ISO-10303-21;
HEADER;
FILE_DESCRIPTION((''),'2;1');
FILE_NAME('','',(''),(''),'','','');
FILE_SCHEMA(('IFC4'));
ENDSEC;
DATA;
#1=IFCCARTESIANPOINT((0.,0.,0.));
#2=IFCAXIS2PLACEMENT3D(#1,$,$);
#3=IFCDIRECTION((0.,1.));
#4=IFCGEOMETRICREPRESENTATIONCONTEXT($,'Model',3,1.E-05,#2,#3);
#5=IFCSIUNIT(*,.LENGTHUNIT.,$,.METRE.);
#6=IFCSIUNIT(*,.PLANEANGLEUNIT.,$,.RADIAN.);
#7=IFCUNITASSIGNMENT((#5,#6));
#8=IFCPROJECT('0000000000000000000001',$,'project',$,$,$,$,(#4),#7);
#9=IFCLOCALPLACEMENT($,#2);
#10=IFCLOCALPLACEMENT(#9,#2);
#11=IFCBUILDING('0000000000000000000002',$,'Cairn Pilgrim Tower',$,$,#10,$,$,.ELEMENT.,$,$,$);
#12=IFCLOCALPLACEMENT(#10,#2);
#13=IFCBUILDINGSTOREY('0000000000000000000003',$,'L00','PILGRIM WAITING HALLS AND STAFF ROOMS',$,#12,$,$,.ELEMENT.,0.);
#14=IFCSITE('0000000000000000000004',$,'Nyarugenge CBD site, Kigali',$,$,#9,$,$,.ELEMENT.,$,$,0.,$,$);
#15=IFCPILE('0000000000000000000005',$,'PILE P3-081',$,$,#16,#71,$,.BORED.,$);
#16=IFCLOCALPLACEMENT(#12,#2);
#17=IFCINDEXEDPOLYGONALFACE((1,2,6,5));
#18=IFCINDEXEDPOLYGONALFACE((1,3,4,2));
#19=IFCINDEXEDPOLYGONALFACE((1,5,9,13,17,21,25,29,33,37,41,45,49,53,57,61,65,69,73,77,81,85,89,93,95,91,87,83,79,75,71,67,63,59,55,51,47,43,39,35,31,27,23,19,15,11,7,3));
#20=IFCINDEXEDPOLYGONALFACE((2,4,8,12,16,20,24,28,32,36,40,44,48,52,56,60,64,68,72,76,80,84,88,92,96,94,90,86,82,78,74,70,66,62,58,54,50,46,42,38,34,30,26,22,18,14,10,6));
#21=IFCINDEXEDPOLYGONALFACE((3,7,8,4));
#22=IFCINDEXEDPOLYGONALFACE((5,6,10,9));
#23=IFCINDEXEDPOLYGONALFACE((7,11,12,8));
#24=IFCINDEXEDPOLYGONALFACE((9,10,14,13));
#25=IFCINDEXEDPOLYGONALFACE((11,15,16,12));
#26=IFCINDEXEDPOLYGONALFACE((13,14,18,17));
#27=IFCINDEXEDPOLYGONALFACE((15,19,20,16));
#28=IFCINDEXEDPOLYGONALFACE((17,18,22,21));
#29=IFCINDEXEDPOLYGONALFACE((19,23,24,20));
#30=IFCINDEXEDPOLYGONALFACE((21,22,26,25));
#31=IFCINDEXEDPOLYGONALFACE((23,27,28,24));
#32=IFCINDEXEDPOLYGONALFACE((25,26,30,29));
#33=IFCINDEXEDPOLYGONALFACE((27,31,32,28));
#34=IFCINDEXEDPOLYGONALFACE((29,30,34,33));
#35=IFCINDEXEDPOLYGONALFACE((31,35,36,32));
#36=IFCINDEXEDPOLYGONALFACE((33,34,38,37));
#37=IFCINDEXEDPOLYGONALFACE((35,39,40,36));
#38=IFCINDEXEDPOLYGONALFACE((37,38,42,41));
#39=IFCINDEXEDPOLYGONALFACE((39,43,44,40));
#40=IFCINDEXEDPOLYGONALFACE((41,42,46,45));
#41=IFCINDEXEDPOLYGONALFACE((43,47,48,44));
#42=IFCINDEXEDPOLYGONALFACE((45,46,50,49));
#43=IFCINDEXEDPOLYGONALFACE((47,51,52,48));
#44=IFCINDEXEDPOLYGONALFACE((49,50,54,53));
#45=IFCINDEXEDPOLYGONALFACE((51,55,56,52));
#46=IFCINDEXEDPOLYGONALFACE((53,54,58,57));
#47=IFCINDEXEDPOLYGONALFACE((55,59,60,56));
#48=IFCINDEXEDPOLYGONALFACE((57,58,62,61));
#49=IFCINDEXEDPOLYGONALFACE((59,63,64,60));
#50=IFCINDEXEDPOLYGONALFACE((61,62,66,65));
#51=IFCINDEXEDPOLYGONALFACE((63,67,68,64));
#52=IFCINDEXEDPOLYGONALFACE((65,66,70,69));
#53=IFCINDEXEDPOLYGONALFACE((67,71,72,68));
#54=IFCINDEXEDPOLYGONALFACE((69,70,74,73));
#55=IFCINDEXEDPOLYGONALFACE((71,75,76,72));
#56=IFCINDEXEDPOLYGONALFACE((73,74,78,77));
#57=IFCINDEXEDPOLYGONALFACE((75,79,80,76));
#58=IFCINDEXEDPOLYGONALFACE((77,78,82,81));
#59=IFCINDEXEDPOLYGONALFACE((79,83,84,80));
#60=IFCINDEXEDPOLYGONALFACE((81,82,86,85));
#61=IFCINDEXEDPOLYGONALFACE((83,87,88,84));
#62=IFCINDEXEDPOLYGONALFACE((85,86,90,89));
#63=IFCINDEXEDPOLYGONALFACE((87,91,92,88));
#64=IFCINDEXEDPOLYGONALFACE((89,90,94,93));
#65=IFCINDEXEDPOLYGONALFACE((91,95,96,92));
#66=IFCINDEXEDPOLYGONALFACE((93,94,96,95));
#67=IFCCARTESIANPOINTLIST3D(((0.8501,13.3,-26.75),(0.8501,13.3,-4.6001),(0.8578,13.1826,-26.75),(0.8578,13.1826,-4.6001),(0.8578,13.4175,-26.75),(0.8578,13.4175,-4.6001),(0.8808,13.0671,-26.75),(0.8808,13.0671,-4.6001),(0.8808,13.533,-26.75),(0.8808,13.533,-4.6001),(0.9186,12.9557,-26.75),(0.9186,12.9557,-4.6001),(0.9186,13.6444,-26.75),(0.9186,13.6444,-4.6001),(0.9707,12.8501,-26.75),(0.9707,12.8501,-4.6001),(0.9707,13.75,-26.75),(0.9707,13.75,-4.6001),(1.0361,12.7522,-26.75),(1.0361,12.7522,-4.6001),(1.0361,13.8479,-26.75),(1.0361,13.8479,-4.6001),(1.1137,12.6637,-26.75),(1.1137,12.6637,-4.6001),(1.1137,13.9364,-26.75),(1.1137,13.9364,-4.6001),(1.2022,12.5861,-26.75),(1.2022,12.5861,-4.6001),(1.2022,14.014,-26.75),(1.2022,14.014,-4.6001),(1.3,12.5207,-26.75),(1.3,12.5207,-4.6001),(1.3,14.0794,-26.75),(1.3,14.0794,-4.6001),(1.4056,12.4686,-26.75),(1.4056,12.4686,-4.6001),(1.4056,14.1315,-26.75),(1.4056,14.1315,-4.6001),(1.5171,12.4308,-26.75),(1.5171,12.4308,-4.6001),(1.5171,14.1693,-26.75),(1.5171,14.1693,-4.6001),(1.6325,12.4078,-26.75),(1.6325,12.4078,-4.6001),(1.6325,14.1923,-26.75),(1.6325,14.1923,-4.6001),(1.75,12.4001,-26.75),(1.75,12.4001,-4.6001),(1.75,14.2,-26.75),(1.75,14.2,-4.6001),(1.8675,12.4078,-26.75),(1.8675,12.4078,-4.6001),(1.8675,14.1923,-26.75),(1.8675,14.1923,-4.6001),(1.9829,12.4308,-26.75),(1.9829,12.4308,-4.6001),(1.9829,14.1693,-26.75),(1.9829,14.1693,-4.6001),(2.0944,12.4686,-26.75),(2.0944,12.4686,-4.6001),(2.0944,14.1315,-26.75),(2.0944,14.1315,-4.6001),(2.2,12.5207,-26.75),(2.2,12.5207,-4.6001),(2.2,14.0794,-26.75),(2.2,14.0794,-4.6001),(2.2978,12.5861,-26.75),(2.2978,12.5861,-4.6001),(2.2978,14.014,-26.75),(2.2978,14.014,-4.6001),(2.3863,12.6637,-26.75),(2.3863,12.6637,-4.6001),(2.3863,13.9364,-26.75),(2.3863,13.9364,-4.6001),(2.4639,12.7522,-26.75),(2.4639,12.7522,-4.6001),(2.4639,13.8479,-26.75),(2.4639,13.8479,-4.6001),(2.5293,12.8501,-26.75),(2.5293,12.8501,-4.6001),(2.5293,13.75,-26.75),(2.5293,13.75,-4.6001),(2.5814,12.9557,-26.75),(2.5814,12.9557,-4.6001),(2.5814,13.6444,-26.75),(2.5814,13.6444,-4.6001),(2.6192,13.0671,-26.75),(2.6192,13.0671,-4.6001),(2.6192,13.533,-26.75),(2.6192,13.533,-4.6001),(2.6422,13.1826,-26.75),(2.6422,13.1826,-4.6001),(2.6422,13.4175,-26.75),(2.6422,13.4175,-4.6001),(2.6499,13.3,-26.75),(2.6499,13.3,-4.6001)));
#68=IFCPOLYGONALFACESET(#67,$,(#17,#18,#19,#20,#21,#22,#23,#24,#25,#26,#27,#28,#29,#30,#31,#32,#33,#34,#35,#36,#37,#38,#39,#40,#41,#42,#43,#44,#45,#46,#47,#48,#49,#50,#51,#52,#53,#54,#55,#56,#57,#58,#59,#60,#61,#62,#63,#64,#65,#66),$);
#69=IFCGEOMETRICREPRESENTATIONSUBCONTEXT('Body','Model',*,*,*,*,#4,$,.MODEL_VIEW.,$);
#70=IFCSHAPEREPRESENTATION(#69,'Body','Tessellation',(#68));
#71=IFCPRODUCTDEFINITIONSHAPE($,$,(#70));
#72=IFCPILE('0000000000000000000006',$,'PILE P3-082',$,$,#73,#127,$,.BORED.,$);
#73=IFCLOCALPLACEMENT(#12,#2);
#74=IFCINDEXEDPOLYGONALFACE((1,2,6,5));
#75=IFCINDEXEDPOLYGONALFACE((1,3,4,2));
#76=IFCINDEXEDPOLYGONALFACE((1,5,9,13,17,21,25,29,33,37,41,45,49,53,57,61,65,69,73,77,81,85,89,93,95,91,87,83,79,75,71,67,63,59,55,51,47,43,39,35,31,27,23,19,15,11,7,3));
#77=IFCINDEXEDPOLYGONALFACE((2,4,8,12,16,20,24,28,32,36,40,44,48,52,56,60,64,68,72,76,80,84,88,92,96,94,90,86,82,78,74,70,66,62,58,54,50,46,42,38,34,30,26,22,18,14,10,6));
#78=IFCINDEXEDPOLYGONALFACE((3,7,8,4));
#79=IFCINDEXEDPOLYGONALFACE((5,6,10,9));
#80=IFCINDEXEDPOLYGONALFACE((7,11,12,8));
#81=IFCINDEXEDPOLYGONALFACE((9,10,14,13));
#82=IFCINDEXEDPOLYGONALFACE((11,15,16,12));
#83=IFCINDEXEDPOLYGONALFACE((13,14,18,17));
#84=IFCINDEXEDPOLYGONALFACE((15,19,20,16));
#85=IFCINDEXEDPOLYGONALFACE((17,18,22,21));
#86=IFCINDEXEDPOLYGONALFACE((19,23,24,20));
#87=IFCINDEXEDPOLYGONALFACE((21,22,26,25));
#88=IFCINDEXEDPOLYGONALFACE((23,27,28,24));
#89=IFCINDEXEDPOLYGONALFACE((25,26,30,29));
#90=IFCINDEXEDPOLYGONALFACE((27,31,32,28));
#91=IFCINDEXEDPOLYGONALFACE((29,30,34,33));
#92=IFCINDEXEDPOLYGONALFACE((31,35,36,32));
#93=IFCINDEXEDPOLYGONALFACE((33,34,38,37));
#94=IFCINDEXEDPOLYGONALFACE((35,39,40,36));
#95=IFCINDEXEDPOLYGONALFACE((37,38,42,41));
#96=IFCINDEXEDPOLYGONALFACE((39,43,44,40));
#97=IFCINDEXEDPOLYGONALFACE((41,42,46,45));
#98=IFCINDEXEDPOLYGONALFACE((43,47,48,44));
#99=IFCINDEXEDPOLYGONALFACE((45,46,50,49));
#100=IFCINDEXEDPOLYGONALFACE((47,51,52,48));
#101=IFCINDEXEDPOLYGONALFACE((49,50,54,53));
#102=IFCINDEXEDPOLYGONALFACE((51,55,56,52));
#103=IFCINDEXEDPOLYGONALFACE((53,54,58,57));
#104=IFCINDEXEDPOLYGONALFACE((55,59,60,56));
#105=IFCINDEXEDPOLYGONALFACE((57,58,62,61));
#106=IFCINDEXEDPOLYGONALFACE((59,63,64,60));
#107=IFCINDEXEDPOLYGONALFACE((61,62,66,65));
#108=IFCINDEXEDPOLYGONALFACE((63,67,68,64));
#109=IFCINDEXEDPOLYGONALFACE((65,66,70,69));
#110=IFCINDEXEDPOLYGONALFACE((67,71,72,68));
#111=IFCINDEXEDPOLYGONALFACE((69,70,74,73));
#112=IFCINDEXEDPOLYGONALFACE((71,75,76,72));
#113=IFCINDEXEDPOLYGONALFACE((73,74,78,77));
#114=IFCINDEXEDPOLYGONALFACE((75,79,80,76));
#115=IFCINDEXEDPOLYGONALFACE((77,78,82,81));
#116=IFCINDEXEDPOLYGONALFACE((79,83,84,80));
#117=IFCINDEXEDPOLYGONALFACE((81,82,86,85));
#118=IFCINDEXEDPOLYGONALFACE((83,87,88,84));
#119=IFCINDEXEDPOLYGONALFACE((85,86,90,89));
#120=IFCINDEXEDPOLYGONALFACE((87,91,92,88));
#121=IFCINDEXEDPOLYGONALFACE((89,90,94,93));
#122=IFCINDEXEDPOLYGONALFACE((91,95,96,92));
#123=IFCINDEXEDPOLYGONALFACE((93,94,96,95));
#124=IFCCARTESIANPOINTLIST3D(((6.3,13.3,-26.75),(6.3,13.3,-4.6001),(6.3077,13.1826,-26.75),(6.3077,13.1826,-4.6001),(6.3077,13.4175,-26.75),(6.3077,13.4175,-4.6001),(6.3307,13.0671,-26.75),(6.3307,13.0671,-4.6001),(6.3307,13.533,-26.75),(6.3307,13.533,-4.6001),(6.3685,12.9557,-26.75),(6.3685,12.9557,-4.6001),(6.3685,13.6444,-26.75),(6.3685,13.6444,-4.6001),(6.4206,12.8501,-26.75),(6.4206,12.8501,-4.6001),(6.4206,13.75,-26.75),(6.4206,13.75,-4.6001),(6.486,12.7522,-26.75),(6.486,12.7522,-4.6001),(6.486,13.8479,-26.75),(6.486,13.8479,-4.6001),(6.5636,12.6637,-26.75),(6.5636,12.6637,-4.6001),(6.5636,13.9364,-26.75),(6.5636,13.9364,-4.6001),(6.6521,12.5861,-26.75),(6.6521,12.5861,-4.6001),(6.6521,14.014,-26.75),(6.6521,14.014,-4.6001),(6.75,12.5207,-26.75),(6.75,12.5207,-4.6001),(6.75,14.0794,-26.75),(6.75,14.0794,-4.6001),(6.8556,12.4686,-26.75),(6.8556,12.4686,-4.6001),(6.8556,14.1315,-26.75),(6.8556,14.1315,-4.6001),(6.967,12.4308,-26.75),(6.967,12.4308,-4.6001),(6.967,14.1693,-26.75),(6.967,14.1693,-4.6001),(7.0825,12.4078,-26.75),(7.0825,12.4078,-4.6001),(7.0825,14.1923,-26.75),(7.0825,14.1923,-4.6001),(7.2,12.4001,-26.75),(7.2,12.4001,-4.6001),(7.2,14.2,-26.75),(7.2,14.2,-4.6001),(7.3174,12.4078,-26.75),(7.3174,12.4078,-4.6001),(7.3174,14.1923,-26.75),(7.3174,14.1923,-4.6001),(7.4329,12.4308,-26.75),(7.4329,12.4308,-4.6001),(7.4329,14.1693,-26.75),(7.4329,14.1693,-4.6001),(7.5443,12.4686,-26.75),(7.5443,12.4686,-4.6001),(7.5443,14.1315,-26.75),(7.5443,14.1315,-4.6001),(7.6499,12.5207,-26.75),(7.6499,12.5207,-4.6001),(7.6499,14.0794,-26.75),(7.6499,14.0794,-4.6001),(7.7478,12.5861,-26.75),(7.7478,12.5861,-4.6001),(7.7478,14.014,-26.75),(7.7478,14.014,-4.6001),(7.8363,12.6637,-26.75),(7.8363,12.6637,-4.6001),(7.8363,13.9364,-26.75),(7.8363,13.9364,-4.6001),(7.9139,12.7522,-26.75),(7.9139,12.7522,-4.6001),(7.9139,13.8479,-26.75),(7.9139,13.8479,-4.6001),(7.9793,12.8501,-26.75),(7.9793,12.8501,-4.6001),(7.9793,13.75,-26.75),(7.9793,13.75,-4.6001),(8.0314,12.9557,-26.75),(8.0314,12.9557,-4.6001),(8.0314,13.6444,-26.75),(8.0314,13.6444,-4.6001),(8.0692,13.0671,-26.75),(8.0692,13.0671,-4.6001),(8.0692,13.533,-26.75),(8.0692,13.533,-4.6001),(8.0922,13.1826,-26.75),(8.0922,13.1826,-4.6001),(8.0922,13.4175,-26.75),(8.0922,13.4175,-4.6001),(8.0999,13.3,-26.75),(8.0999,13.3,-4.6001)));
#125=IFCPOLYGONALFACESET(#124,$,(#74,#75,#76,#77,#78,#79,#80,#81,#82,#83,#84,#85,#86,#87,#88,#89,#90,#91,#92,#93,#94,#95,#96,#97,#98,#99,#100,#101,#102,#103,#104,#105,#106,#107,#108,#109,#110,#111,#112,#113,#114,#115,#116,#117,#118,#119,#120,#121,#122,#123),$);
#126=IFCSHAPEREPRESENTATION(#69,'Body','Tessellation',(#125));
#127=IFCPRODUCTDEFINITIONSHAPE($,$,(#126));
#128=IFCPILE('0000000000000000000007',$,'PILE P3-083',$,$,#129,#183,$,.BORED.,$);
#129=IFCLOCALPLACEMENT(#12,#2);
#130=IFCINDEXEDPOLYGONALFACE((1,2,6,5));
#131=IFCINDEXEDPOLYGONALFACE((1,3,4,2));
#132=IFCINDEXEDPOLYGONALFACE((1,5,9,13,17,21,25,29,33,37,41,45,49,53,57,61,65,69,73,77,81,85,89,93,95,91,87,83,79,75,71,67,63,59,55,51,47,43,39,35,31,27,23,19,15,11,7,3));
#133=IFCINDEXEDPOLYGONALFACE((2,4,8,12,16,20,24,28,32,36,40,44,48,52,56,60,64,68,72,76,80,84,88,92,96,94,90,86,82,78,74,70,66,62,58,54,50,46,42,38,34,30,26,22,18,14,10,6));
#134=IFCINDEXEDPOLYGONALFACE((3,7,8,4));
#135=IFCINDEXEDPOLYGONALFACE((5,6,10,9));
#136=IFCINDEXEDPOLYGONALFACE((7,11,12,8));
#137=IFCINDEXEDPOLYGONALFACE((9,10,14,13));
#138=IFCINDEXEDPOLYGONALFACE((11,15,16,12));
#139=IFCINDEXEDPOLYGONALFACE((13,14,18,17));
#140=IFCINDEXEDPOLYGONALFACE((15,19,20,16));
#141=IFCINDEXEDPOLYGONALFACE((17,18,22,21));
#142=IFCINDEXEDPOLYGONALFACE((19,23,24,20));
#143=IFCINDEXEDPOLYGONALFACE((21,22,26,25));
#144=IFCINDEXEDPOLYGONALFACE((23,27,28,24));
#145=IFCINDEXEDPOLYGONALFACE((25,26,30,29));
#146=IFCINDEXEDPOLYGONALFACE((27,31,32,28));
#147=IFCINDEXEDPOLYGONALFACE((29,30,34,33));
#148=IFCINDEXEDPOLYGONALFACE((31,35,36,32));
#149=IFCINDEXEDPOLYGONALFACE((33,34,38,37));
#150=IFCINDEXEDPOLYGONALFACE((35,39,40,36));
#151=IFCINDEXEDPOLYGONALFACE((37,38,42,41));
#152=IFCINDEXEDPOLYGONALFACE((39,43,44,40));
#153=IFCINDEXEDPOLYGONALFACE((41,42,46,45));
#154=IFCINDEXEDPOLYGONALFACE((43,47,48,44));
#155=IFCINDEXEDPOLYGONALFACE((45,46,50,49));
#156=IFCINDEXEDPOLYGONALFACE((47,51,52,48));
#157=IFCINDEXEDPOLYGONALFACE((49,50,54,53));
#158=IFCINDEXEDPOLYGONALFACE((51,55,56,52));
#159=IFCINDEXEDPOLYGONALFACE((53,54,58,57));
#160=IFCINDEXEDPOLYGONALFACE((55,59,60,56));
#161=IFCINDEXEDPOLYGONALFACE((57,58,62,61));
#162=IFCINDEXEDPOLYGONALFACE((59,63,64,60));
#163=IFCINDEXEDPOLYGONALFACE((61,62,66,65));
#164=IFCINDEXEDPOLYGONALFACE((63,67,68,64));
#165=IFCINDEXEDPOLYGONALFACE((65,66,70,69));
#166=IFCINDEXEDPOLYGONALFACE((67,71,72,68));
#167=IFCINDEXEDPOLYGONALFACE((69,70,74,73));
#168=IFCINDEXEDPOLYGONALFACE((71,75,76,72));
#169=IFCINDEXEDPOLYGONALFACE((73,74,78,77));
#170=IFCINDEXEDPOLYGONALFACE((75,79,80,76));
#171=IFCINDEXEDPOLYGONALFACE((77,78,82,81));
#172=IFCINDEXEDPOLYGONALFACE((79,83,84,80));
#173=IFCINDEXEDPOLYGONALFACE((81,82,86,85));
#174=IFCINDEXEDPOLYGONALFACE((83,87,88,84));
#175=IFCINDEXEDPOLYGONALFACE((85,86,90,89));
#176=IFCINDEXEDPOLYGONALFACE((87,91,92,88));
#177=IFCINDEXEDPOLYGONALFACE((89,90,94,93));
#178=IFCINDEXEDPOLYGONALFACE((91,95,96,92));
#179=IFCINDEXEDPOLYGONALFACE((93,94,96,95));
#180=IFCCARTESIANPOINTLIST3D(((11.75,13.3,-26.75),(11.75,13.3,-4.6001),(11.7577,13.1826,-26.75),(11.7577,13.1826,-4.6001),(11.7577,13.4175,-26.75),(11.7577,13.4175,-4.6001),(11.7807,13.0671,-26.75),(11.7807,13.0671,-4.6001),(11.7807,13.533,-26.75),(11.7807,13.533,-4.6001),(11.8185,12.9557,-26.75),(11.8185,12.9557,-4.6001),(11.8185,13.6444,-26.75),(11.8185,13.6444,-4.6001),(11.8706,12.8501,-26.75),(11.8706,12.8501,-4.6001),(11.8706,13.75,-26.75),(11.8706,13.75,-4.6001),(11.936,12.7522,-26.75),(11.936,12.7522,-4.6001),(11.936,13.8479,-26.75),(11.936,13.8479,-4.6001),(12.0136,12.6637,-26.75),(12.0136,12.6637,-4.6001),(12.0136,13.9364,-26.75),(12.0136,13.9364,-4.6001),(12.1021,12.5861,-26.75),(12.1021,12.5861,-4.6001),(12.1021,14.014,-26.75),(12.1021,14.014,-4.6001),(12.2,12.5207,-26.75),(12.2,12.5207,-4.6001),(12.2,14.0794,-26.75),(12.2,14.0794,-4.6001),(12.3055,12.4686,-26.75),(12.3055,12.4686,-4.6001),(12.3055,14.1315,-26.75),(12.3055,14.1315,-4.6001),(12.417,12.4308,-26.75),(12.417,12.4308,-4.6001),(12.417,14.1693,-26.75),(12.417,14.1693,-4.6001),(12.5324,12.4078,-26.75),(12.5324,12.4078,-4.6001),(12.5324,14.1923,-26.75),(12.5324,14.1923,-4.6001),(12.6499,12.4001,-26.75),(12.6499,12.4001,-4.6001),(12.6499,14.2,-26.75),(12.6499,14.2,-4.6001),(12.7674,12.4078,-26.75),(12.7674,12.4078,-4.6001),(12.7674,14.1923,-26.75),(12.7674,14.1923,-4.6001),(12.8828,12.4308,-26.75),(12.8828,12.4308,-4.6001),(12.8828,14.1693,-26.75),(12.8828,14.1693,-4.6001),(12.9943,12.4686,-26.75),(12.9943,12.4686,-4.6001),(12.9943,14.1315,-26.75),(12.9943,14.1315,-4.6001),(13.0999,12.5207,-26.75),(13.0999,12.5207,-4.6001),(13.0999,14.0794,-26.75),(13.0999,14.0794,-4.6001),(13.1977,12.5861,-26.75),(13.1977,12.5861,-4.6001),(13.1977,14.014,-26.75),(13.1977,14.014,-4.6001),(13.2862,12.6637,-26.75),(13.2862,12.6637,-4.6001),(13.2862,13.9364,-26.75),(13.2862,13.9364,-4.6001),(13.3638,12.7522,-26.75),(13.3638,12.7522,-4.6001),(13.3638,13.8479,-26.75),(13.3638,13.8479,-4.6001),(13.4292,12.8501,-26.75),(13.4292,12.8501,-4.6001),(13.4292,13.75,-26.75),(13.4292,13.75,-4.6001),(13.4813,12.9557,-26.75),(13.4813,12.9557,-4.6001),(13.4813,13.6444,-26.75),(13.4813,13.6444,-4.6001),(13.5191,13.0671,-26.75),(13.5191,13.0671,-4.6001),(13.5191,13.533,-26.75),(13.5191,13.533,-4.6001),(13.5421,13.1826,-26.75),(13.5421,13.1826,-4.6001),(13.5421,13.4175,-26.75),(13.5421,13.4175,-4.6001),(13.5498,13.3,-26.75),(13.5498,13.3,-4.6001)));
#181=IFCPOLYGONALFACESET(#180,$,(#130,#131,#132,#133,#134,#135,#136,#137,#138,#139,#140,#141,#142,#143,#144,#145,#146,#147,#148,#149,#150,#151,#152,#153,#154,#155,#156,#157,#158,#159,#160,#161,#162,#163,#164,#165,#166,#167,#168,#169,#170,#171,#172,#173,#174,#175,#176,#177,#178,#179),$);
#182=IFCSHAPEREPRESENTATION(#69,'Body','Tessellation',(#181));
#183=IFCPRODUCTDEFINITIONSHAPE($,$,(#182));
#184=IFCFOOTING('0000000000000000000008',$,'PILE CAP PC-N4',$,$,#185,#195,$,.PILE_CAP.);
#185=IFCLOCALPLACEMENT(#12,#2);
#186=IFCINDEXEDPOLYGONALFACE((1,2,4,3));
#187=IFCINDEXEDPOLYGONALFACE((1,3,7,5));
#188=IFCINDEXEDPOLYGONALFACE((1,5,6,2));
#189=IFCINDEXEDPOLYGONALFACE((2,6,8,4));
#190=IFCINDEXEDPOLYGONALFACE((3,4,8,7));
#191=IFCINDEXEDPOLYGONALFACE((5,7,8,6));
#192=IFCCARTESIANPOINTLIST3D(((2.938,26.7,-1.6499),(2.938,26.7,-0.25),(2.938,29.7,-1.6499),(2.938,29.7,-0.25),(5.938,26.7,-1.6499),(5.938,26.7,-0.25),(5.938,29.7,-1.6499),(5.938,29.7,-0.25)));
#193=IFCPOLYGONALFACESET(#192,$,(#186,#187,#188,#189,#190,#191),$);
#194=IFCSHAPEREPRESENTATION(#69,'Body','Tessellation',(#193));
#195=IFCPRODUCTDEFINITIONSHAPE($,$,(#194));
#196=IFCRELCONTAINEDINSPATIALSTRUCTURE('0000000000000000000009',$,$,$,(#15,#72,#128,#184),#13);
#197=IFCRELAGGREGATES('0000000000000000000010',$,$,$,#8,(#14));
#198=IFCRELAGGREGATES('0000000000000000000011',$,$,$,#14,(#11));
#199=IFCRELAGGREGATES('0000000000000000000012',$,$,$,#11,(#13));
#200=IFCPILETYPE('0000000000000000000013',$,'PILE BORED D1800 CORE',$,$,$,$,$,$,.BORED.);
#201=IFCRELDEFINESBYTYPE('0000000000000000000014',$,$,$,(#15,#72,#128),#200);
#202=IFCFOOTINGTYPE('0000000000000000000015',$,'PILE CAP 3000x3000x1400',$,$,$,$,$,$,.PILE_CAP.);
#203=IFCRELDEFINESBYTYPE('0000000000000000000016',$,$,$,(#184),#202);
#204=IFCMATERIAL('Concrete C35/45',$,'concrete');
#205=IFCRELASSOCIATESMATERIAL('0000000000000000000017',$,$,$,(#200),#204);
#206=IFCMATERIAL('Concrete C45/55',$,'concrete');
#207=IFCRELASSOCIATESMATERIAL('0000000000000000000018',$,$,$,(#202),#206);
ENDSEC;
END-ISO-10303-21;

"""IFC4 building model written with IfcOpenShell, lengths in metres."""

from ifc_helpers import new_model, si_unit, direction, frame, origin, origin_2d, place, context, subcontext, project, spatial, rectangle, circle, extrude, material, material_profile, profile_set, type_object, element, save


model = new_model("IFC4")

# Units and contexts
model_context = context("Model", 3, precision=1e-05, world=origin(), true_north=direction((0.0, 1.0)))
body_context = subcontext(model_context, "Body", "Model", "MODEL_VIEW")
ifc_project = project(units=[si_unit("LENGTHUNIT", "METRE"), si_unit("PLANEANGLEUNIT", "RADIAN")], contexts=[model_context])

# Site, building, storey
site_placement = place(None, origin())
site = spatial("IfcSite", under=ifc_project, at=site_placement, Name="Nyarugenge CBD site, Kigali", CompositionType="ELEMENT", RefElevation=0.0)
building_placement = place(site_placement, origin())
building = spatial("IfcBuilding", under=site, at=building_placement, Name="Cairn Pilgrim Tower", CompositionType="ELEMENT")
storey_placement = place(building_placement, origin())
storey = spatial("IfcBuildingStorey", under=building, at=storey_placement, Name="L00", Description="PILGRIM WAITING HALLS AND STAFF ROOMS", CompositionType="ELEMENT", Elevation=0.0)

# Piles
ifc_material_1 = material(Name="Concrete C35/45", Category="concrete")
ifc_material_profile_1 = material_profile(ifc_material_1, circle(Radius=0.8999, at=origin_2d()), Name="D1800")
ifc_profile_set_1 = profile_set([ifc_material_profile_1], Name="Concrete C35/45")
pile_type_1 = type_object("IfcPileType", Name="PILE BORED D1800 CORE", PredefinedType="BORED", material=ifc_profile_set_1)
for number, where, z_axis, x_axis, name in (
    (1, (1.75, 13.3, -4.6001), (0.0, 0.0, -1.0), (1.0, 0.0, 0.0), "PILE P3-081"),
    (2, (7.2, 13.3, -4.6001), (0.0, 0.0, -1.0), (1.0, 0.0, 0.0), "PILE P3-082"),
    (3, (12.6499, 13.3, -4.6001), (0.0, 0.0, -1.0), (1.0, 0.0, 0.0), "PILE P3-083"),
):
    element("IfcPile", number, at=place(storey_placement, frame(where, z_axis=z_axis, x_axis=x_axis)), inside=storey, type_object=pile_type_1, Name=name, PredefinedType="BORED", context=body_context, shape_type="SweptSolid", body=[
        extrude(circle(Radius=0.8999, at=origin_2d()), origin(), (0.0, 0.0, 1.0), 22.1499),
    ])

# Footing
ifc_material_2 = material(Name="Concrete C45/55", Category="concrete")
footing_type_1 = type_object("IfcFootingType", Name="PILE CAP 3000x3000x1400", PredefinedType="PILE_CAP", material=ifc_material_2)
footing_1_placement = place(storey_placement, frame((4.438, 28.2, -1.6499), z_axis=(0.0, 0.0, 1.0), x_axis=(1.0, 0.0, 0.0)))
element("IfcFooting", 4, at=footing_1_placement, inside=storey, type_object=footing_type_1, Name="PILE CAP PC-N4", PredefinedType="PILE_CAP", context=body_context, shape_type="SweptSolid", body=[
    extrude(rectangle(XDim=3.0, YDim=3.0, at=origin_2d()), origin(), (0.0, 0.0, 1.0), 1.3999),
])

save(model, "model.ifc")
